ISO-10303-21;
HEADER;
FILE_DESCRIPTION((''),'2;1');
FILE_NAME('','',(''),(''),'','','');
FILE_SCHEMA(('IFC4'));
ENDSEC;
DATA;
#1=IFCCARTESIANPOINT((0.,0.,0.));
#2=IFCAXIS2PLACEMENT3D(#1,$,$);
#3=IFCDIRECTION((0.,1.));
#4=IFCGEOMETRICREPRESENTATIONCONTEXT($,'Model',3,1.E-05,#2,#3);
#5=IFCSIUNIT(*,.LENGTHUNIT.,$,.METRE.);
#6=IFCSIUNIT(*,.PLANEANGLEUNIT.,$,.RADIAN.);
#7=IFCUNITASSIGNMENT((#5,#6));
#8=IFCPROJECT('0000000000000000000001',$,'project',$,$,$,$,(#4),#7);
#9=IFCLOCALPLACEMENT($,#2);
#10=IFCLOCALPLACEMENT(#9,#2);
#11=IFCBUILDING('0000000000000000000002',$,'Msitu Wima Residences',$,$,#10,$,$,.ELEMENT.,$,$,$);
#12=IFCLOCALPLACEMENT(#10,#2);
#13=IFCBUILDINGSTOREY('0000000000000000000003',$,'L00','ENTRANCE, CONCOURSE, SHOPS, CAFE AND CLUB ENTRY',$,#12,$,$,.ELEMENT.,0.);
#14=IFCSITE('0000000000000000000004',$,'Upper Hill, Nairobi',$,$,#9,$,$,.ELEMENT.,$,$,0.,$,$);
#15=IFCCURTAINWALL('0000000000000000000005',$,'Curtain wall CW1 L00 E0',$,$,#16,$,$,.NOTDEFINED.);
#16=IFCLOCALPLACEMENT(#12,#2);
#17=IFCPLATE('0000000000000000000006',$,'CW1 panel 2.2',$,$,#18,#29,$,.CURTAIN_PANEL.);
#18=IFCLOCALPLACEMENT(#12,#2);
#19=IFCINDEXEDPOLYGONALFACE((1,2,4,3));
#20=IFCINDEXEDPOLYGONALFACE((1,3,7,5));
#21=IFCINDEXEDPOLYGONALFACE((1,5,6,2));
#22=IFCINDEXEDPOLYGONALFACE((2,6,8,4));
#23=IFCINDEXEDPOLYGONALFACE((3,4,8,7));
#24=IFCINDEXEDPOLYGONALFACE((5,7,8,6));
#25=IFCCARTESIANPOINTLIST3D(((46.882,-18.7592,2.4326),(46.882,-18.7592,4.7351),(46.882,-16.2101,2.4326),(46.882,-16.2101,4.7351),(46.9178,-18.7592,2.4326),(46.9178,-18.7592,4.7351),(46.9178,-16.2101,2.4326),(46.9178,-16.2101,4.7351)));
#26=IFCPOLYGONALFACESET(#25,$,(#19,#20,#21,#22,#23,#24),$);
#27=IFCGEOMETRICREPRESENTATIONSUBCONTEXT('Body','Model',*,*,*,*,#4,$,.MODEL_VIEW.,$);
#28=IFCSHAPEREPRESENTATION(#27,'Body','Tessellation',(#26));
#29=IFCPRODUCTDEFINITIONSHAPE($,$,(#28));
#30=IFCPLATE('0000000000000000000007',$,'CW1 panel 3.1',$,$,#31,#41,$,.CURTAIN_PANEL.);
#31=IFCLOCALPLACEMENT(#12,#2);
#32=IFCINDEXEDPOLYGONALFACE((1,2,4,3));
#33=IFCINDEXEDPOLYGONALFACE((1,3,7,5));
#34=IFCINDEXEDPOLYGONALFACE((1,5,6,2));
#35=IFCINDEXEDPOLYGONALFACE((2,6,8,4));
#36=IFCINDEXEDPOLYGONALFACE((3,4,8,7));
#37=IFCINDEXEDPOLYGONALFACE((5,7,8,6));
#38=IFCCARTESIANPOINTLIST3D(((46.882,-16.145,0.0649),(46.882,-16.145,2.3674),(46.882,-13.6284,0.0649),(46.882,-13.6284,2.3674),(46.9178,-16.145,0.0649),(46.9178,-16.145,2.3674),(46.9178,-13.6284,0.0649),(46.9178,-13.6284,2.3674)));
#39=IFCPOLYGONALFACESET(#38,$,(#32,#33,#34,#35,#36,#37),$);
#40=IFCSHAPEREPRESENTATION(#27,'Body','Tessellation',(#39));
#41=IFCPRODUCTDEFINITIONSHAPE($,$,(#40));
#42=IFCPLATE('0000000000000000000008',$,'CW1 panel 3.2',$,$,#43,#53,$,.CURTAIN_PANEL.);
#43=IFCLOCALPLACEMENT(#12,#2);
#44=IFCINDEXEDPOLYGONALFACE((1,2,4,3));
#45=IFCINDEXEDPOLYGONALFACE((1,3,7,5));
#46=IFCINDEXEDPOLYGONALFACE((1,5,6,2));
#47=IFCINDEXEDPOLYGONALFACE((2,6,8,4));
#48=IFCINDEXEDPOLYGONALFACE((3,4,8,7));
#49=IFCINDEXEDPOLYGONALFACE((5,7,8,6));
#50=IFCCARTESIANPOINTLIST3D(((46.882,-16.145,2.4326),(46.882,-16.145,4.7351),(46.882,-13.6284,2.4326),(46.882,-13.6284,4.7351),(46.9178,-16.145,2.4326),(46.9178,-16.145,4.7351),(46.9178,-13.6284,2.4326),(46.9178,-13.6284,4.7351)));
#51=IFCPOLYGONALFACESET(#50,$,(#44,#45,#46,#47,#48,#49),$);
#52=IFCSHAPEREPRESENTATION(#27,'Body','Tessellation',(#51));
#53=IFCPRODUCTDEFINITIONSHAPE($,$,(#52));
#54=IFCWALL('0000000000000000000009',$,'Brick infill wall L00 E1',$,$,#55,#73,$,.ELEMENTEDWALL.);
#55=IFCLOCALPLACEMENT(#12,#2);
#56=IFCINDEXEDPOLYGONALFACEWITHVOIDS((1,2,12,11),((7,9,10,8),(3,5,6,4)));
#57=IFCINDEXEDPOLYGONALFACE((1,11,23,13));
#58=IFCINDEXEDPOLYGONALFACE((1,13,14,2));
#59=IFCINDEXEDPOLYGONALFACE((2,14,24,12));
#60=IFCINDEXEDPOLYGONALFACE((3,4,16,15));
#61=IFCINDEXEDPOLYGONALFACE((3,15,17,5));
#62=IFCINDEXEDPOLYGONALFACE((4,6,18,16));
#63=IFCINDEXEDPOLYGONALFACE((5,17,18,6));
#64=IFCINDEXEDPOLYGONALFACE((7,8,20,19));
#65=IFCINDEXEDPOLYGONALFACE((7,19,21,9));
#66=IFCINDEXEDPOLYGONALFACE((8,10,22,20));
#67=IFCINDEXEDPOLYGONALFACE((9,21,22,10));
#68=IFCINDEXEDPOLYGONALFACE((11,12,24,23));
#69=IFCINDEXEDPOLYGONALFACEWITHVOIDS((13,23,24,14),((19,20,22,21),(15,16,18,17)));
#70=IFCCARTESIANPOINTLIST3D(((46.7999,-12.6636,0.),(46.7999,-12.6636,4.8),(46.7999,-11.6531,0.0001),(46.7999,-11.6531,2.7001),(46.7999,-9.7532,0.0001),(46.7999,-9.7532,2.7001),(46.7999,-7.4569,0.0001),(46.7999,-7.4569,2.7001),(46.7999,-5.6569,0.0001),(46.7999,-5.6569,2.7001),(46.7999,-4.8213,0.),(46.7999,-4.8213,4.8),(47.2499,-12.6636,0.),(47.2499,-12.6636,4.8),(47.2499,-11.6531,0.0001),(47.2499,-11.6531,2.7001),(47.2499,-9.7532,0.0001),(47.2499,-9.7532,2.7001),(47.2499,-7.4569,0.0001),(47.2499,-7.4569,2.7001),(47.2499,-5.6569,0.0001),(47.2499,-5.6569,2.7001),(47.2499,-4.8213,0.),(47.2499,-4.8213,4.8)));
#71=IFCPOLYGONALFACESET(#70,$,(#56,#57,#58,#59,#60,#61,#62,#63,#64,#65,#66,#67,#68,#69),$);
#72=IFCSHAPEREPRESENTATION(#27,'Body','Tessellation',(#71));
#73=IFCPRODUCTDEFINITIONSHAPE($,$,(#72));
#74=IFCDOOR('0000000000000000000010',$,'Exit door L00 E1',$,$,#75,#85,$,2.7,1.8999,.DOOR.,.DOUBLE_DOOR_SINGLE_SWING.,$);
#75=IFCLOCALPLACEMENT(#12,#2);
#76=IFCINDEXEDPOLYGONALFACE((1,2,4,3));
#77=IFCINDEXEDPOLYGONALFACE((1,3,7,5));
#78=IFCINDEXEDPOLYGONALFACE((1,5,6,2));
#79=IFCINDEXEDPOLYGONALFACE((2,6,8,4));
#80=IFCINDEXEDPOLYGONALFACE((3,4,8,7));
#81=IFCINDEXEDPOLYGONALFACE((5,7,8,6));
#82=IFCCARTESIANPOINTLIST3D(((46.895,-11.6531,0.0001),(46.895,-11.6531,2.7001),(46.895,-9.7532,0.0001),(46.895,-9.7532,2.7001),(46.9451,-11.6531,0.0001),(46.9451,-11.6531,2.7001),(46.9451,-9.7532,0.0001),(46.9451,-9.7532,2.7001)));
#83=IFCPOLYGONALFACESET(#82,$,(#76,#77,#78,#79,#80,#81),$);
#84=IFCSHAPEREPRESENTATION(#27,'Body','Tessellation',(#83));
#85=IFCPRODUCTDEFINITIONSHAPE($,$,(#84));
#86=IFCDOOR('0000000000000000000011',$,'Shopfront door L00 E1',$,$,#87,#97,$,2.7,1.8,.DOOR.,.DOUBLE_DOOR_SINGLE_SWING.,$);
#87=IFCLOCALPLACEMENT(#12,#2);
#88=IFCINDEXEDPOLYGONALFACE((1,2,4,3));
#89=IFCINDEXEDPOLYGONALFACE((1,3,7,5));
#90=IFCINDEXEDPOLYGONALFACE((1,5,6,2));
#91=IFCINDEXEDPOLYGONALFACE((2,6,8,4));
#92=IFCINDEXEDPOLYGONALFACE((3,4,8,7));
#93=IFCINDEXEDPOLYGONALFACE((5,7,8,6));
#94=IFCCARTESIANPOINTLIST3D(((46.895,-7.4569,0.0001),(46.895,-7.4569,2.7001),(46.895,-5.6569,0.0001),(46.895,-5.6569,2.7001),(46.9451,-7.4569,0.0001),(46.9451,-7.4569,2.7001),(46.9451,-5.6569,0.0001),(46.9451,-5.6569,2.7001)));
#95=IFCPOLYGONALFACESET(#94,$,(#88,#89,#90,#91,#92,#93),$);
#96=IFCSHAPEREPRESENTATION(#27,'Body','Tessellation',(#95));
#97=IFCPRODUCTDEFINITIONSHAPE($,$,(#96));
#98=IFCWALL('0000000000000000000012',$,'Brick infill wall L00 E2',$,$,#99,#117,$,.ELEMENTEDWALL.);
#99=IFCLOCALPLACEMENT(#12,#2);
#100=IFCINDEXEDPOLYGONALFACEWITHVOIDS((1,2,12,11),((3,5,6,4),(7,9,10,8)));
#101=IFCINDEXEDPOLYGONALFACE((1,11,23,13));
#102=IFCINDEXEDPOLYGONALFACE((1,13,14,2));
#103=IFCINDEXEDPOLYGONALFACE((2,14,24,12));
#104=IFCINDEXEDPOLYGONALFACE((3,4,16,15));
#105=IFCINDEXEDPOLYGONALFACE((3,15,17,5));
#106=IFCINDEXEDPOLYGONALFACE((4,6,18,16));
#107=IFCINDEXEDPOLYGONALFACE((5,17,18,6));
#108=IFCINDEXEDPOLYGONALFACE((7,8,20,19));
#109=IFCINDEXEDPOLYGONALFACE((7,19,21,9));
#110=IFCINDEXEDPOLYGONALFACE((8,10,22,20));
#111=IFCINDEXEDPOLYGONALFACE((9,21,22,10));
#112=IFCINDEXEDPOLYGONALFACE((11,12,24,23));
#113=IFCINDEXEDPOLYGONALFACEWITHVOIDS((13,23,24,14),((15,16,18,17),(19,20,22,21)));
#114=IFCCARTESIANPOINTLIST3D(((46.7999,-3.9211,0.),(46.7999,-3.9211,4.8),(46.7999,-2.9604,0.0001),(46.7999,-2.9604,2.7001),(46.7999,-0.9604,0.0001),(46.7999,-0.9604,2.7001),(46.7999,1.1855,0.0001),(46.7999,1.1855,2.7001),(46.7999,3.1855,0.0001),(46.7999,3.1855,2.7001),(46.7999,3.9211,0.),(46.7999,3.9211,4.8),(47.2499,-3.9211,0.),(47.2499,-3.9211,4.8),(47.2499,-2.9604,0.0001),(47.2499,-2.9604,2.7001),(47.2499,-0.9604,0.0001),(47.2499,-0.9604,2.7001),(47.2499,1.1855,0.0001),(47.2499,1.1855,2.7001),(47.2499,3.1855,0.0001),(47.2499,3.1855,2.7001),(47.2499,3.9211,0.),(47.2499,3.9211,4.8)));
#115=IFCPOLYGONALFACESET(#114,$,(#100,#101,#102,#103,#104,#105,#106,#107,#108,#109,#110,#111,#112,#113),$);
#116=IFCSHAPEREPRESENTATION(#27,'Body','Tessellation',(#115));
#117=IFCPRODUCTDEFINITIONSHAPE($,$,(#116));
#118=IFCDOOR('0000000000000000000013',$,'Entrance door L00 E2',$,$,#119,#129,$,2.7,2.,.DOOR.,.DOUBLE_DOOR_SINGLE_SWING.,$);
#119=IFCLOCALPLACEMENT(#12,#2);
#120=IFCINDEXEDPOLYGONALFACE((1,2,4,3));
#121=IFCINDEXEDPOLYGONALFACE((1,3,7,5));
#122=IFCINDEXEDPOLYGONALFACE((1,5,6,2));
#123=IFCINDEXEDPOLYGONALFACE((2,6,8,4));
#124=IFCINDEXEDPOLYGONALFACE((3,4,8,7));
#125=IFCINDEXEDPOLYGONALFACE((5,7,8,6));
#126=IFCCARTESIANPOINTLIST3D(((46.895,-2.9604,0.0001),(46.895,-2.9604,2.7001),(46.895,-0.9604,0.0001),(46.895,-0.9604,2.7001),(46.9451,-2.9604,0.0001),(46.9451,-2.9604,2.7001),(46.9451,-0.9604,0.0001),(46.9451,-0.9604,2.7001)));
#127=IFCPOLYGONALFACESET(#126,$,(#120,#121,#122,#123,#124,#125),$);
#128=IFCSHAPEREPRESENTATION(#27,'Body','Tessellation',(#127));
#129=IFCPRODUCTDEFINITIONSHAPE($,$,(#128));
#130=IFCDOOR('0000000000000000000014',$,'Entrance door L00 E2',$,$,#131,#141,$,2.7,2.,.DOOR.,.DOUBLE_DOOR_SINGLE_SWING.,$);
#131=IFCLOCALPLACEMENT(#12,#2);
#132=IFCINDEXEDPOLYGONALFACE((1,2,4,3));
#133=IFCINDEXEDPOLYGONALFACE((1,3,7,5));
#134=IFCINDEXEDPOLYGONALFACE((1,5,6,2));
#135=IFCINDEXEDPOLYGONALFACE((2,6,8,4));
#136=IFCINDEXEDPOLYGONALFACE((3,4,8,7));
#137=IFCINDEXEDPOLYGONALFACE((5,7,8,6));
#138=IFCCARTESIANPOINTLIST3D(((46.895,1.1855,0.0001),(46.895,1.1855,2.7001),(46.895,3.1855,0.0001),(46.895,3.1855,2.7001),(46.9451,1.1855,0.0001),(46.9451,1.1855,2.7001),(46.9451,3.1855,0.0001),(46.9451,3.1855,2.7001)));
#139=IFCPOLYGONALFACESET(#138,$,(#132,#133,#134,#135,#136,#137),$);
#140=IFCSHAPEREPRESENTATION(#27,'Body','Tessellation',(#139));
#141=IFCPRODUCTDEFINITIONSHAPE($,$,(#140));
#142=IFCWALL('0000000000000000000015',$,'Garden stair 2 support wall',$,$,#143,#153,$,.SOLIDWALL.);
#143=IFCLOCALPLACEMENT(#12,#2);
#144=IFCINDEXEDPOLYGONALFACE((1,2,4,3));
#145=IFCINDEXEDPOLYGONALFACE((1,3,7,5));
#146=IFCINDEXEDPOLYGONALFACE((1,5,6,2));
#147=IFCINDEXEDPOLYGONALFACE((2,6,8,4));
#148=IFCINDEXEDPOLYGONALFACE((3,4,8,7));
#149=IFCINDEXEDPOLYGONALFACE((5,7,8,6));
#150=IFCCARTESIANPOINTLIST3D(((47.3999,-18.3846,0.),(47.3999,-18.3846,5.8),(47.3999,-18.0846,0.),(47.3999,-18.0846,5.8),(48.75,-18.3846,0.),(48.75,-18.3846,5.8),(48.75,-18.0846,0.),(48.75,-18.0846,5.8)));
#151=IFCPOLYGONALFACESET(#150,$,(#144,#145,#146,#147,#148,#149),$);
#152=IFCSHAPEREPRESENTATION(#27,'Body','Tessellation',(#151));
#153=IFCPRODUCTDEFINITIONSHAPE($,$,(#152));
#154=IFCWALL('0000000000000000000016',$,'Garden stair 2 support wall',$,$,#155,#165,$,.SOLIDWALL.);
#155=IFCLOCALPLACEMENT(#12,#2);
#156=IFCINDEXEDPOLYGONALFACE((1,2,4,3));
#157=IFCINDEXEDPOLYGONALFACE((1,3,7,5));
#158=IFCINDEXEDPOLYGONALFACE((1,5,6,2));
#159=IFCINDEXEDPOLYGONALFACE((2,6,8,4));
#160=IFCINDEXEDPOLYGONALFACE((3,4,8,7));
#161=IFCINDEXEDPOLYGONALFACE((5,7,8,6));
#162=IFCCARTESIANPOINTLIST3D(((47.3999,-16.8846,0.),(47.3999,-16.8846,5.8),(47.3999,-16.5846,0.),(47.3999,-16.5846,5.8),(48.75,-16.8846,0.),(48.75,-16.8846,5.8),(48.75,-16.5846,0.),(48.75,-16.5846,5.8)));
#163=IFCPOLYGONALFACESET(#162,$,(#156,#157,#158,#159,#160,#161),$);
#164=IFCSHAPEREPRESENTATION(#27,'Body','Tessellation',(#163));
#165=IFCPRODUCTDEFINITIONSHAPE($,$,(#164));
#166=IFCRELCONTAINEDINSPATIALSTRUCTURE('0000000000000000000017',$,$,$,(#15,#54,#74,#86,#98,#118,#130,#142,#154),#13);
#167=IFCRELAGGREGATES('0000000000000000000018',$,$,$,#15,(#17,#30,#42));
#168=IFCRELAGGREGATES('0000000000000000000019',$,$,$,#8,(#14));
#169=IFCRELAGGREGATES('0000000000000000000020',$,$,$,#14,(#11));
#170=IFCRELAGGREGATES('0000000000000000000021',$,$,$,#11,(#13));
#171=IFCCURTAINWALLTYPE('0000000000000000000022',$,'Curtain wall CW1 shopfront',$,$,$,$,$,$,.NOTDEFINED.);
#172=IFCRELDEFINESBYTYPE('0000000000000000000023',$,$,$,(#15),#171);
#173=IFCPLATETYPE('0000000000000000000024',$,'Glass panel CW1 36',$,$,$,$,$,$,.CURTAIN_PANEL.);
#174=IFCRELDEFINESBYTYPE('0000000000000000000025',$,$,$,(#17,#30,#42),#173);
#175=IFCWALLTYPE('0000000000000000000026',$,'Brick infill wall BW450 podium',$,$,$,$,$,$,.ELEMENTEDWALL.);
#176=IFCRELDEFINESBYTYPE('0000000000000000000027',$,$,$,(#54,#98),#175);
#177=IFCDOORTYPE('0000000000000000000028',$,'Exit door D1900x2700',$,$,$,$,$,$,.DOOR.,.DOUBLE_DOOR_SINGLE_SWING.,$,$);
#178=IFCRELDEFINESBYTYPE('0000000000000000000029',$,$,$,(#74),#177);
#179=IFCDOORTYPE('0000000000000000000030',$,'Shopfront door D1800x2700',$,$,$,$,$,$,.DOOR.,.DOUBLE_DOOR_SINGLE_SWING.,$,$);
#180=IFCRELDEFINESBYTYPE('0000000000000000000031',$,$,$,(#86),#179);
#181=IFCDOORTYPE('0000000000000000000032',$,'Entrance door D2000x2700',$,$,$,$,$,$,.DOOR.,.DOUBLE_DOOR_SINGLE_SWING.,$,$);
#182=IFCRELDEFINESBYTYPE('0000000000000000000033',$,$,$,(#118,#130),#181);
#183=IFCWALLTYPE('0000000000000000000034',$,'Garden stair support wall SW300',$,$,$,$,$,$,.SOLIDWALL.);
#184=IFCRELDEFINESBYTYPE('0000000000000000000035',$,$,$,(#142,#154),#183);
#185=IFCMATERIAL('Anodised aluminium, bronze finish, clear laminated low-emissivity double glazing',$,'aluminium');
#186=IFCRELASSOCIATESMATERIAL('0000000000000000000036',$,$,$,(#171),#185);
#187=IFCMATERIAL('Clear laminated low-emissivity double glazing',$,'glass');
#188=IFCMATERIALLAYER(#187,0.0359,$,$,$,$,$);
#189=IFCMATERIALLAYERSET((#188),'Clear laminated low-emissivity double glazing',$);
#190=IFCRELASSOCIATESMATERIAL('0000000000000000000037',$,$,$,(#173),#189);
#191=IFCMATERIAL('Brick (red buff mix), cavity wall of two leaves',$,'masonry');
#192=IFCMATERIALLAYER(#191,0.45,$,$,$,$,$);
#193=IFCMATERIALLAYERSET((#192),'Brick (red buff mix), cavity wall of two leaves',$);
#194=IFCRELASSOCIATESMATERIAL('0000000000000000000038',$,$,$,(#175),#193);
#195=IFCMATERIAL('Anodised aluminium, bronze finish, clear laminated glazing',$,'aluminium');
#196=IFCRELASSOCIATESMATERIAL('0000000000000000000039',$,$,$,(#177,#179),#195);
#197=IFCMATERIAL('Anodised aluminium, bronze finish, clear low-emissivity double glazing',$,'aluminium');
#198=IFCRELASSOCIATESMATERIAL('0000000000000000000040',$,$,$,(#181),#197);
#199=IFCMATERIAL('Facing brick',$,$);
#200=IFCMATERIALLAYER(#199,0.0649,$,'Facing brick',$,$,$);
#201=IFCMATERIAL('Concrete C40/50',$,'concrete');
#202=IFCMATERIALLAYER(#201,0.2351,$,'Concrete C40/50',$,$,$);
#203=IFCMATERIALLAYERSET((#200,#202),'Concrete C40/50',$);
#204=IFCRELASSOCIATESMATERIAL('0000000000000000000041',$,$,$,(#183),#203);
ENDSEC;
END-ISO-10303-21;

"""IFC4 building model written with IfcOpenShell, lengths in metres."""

from ifc_helpers import new_model, si_unit, direction, frame, frame_2d, origin, origin_2d, place, context, subcontext, project, spatial, rectangle, extrude, material, layer, layer_set, type_object, element, fill, aggregate, save


model = new_model("IFC4")

# Units and contexts
model_context = context("Model", 3, precision=1e-05, world=origin(), true_north=direction((0.0, 1.0)))
body_context = subcontext(model_context, "Body", "Model", "MODEL_VIEW")
ifc_project = project(units=[si_unit("LENGTHUNIT", "METRE"), si_unit("PLANEANGLEUNIT", "RADIAN")], contexts=[model_context])

# Site, building, storey
site_placement = place(None, origin())
site = spatial("IfcSite", under=ifc_project, at=site_placement, Name="Upper Hill, Nairobi", CompositionType="ELEMENT", RefElevation=0.0)
building_placement = place(site_placement, origin())
building = spatial("IfcBuilding", under=site, at=building_placement, Name="Msitu Wima Residences", CompositionType="ELEMENT")
storey_placement = place(building_placement, origin())
storey = spatial("IfcBuildingStorey", under=building, at=storey_placement, Name="L00", Description="ENTRANCE, CONCOURSE, SHOPS, CAFE AND CLUB ENTRY", CompositionType="ELEMENT", Elevation=0.0)

# Curtain wall, plates
ifc_material_1 = material(Name="Anodised aluminium, bronze finish, clear laminated low-emissivity double glazing", Category="aluminium")
curtain_wall_type = type_object("IfcCurtainWallType", Name="Curtain wall CW1 shopfront", PredefinedType="NOTDEFINED", material=ifc_material_1)
curtain_wall_placement = place(storey_placement, origin())
curtain_wall = element("IfcCurtainWall", 1, at=curtain_wall_placement, inside=storey, type_object=curtain_wall_type, Name="Curtain wall CW1 L00 E0", PredefinedType="NOTDEFINED")
ifc_material_2 = material(Name="Clear laminated low-emissivity double glazing", Category="glass")
ifc_layer_1 = layer(ifc_material_2, 0.0359)
ifc_layer_set_1 = layer_set([ifc_layer_1], Name="Clear laminated low-emissivity double glazing")
plate_type = type_object("IfcPlateType", Name="Glass panel CW1 36", PredefinedType="CURTAIN_PANEL", material=ifc_layer_set_1)
plate_1_placement = place(storey_placement, frame((46.8999, -17.4846, 2.4326), z_axis=(0.0, 0.0, 1.0), x_axis=(0.0, 1.0, 0.0)))
plate_1 = element("IfcPlate", 2, at=plate_1_placement, type_object=plate_type, Name="CW1 panel 2.2", PredefinedType="CURTAIN_PANEL", context=body_context, shape_type="SweptSolid", body=[
    extrude(rectangle(XDim=2.5491, YDim=0.0359, at=origin_2d()), origin(), (0.0, 0.0, 1.0), 2.3025),
])
plate_2_placement = place(storey_placement, frame((46.8999, -14.8867, 0.0649), z_axis=(0.0, 0.0, 1.0), x_axis=(0.0, 1.0, 0.0)))
plate_2 = element("IfcPlate", 3, at=plate_2_placement, type_object=plate_type, Name="CW1 panel 3.1", PredefinedType="CURTAIN_PANEL", context=body_context, shape_type="SweptSolid", body=[
    extrude(rectangle(XDim=2.5166, YDim=0.0359, at=origin_2d()), origin(), (0.0, 0.0, 1.0), 2.3025),
])
plate_3_placement = place(storey_placement, frame((46.8999, -14.8867, 2.4326), z_axis=(0.0, 0.0, 1.0), x_axis=(0.0, 1.0, 0.0)))
plate_3 = element("IfcPlate", 4, at=plate_3_placement, type_object=plate_type, Name="CW1 panel 3.2", PredefinedType="CURTAIN_PANEL", context=body_context, shape_type="SweptSolid", body=[
    extrude(rectangle(XDim=2.5166, YDim=0.0359, at=origin_2d()), origin(), (0.0, 0.0, 1.0), 2.3025),
])
aggregate(curtain_wall, [plate_1, plate_2, plate_3])

# Walls, openings, doors
ifc_material_3 = material(Name="Brick (red buff mix), cavity wall of two leaves", Category="masonry")
ifc_layer_2 = layer(ifc_material_3, 0.45)
ifc_layer_set_2 = layer_set([ifc_layer_2], Name="Brick (red buff mix), cavity wall of two leaves")
wall_type_1 = type_object("IfcWallType", Name="Brick infill wall BW450 podium", PredefinedType="ELEMENTEDWALL", material=ifc_layer_set_2)
wall_1_placement = place(storey_placement, frame((47.0249, -12.6636, 0.0), z_axis=(0.0, 0.0, 1.0), x_axis=(0.0, 1.0, 0.0)))
wall_1 = element("IfcWall", 5, at=wall_1_placement, inside=storey, type_object=wall_type_1, Name="Brick infill wall L00 E1", PredefinedType="ELEMENTEDWALL", context=body_context, shape_type="SweptSolid", body=[
    extrude(rectangle(XDim=7.8423, YDim=0.45, at=frame_2d((3.9211, 0.0))), origin(), (0.0, 0.0, 1.0), 4.8),
])
opening_1_placement = place(wall_1_placement, frame((1.0105, 0.0, 0.0)))
opening_1 = element("IfcOpeningElement", 6, at=opening_1_placement, cuts=wall_1, PredefinedType="OPENING", context=body_context, shape_type="SweptSolid", body=[
    extrude(rectangle(XDim=1.8999, YDim=2.7, at=frame_2d((0.95, 1.3501))), frame((0.0, 0.2349, 0.0), z_axis=(0.0, -1.0, 0.0), x_axis=(1.0, 0.0, 0.0)), (0.0, 0.0, 1.0), 0.47),
])
opening_2_placement = place(wall_1_placement, frame((5.2068, 0.0, 0.0)))
opening_2 = element("IfcOpeningElement", 7, at=opening_2_placement, cuts=wall_1, PredefinedType="OPENING", context=body_context, shape_type="SweptSolid", body=[
    extrude(rectangle(XDim=1.8, YDim=2.7, at=frame_2d((0.8999, 1.3501))), frame((0.0, 0.2349, 0.0), z_axis=(0.0, -1.0, 0.0), x_axis=(1.0, 0.0, 0.0)), (0.0, 0.0, 1.0), 0.47),
])
ifc_material_4 = material(Name="Anodised aluminium, bronze finish, clear laminated glazing", Category="aluminium")
door_type_1 = type_object("IfcDoorType", Name="Exit door D1900x2700", OperationType="DOUBLE_DOOR_SINGLE_SWING", PredefinedType="DOOR", material=ifc_material_4)
door_1_placement = place(opening_1_placement, frame((1.8999, 0.0, 0.0), z_axis=(0.0, 0.0, 1.0), x_axis=(-1.0, 0.0, 0.0)))
door_1 = element("IfcDoor", 8, at=door_1_placement, inside=storey, type_object=door_type_1, Name="Exit door L00 E1", OperationType="DOUBLE_DOOR_SINGLE_SWING", OverallHeight=2.7, OverallWidth=1.8999, PredefinedType="DOOR", context=body_context, shape_type="SweptSolid", body=[
    extrude(rectangle(XDim=1.8999, YDim=2.7, at=frame_2d((0.95, 1.3501))), frame((0.0, -0.0798, 0.0), z_axis=(0.0, -1.0, 0.0), x_axis=(1.0, 0.0, 0.0)), (0.0, 0.0, 1.0), 0.05),
])
fill(opening_1, door_1)
door_type_2 = type_object("IfcDoorType", Name="Shopfront door D1800x2700", OperationType="DOUBLE_DOOR_SINGLE_SWING", PredefinedType="DOOR", material=ifc_material_4)
door_2_placement = place(opening_2_placement, frame((1.8, 0.0, 0.0), z_axis=(0.0, 0.0, 1.0), x_axis=(-1.0, 0.0, 0.0)))
door_2 = element("IfcDoor", 9, at=door_2_placement, inside=storey, type_object=door_type_2, Name="Shopfront door L00 E1", OperationType="DOUBLE_DOOR_SINGLE_SWING", OverallHeight=2.7, OverallWidth=1.8, PredefinedType="DOOR", context=body_context, shape_type="SweptSolid", body=[
    extrude(rectangle(XDim=1.8, YDim=2.7, at=frame_2d((0.9001, 1.3501))), frame((0.0, -0.0798, 0.0), z_axis=(0.0, -1.0, 0.0), x_axis=(1.0, 0.0, 0.0)), (0.0, 0.0, 1.0), 0.05),
])
fill(opening_2, door_2)
wall_2_placement = place(storey_placement, frame((47.0249, -3.9211, 0.0), z_axis=(0.0, 0.0, 1.0), x_axis=(0.0, 1.0, 0.0)))
wall_2 = element("IfcWall", 10, at=wall_2_placement, inside=storey, type_object=wall_type_1, Name="Brick infill wall L00 E2", PredefinedType="ELEMENTEDWALL", context=body_context, shape_type="SweptSolid", body=[
    extrude(rectangle(XDim=7.8423, YDim=0.45, at=frame_2d((3.9211, 0.0))), origin(), (0.0, 0.0, 1.0), 4.8),
])
opening_3_placement = place(wall_2_placement, frame((0.9607, 0.0, 0.0)))
opening_3 = element("IfcOpeningElement", 11, at=opening_3_placement, cuts=wall_2, PredefinedType="OPENING", context=body_context, shape_type="SweptSolid", body=[
    extrude(rectangle(XDim=2.0, YDim=2.7, at=frame_2d((1.0, 1.3501))), frame((0.0, 0.2349, 0.0), z_axis=(0.0, -1.0, 0.0), x_axis=(1.0, 0.0, 0.0)), (0.0, 0.0, 1.0), 0.47),
])
opening_4_placement = place(wall_2_placement, frame((5.1067, 0.0, 0.0)))
opening_4 = element("IfcOpeningElement", 12, at=opening_4_placement, cuts=wall_2, PredefinedType="OPENING", context=body_context, shape_type="SweptSolid", body=[
    extrude(rectangle(XDim=2.0, YDim=2.7, at=frame_2d((1.0, 1.3501))), frame((0.0, 0.2349, 0.0), z_axis=(0.0, -1.0, 0.0), x_axis=(1.0, 0.0, 0.0)), (0.0, 0.0, 1.0), 0.47),
])
ifc_material_5 = material(Name="Anodised aluminium, bronze finish, clear low-emissivity double glazing", Category="aluminium")
door_type_3 = type_object("IfcDoorType", Name="Entrance door D2000x2700", OperationType="DOUBLE_DOOR_SINGLE_SWING", PredefinedType="DOOR", material=ifc_material_5)
door_3_placement = place(opening_3_placement, frame((2.0, 0.0, 0.0), z_axis=(0.0, 0.0, 1.0), x_axis=(-1.0, 0.0, 0.0)))
door_3 = element("IfcDoor", 13, at=door_3_placement, inside=storey, type_object=door_type_3, Name="Entrance door L00 E2", OperationType="DOUBLE_DOOR_SINGLE_SWING", OverallHeight=2.7, OverallWidth=2.0, PredefinedType="DOOR", context=body_context, shape_type="SweptSolid", body=[
    extrude(rectangle(XDim=2.0, YDim=2.7, at=frame_2d((1.0, 1.3501))), frame((0.0, -0.0798, 0.0), z_axis=(0.0, -1.0, 0.0), x_axis=(1.0, 0.0, 0.0)), (0.0, 0.0, 1.0), 0.05),
])
fill(opening_3, door_3)
door_4_placement = place(opening_4_placement, frame((2.0, 0.0, 0.0), z_axis=(0.0, 0.0, 1.0), x_axis=(-1.0, 0.0, 0.0)))
door_4 = element("IfcDoor", 14, at=door_4_placement, inside=storey, type_object=door_type_3, Name="Entrance door L00 E2", OperationType="DOUBLE_DOOR_SINGLE_SWING", OverallHeight=2.7, OverallWidth=2.0, PredefinedType="DOOR", context=body_context, shape_type="SweptSolid", body=[
    extrude(rectangle(XDim=2.0, YDim=2.7, at=frame_2d((1.0, 1.3501))), frame((0.0, -0.0798, 0.0), z_axis=(0.0, -1.0, 0.0), x_axis=(1.0, 0.0, 0.0)), (0.0, 0.0, 1.0), 0.05),
])
fill(opening_4, door_4)

# Walls
ifc_material_6 = material(Name="Facing brick")
ifc_layer_3 = layer(ifc_material_6, 0.0649, Name="Facing brick")
ifc_material_7 = material(Name="Concrete C40/50", Category="concrete")
ifc_layer_4 = layer(ifc_material_7, 0.2351, Name="Concrete C40/50")
ifc_layer_set_3 = layer_set([ifc_layer_3, ifc_layer_4], Name="Concrete C40/50")
wall_type_2 = type_object("IfcWallType", Name="Garden stair support wall SW300", PredefinedType="SOLIDWALL", material=ifc_layer_set_3)
for number, where, z_axis, x_axis, name in (
    (15, (47.3999, -18.2346, 0.0), (0.0, 0.0, 1.0), (1.0, 0.0, 0.0), "Garden stair 2 support wall"),
    (16, (47.3999, -16.7346, 0.0), (0.0, 0.0, 1.0), (1.0, 0.0, 0.0), "Garden stair 2 support wall"),
):
    element("IfcWall", number, at=place(storey_placement, frame(where, z_axis=z_axis, x_axis=x_axis)), inside=storey, type_object=wall_type_2, Name=name, PredefinedType="SOLIDWALL", context=body_context, shape_type="SweptSolid", body=[
        extrude(rectangle(XDim=1.3501, YDim=0.3, at=frame_2d((0.675, 0.0))), origin(), (0.0, 0.0, 1.0), 5.8),
    ])

save(model, "model.ifc")
